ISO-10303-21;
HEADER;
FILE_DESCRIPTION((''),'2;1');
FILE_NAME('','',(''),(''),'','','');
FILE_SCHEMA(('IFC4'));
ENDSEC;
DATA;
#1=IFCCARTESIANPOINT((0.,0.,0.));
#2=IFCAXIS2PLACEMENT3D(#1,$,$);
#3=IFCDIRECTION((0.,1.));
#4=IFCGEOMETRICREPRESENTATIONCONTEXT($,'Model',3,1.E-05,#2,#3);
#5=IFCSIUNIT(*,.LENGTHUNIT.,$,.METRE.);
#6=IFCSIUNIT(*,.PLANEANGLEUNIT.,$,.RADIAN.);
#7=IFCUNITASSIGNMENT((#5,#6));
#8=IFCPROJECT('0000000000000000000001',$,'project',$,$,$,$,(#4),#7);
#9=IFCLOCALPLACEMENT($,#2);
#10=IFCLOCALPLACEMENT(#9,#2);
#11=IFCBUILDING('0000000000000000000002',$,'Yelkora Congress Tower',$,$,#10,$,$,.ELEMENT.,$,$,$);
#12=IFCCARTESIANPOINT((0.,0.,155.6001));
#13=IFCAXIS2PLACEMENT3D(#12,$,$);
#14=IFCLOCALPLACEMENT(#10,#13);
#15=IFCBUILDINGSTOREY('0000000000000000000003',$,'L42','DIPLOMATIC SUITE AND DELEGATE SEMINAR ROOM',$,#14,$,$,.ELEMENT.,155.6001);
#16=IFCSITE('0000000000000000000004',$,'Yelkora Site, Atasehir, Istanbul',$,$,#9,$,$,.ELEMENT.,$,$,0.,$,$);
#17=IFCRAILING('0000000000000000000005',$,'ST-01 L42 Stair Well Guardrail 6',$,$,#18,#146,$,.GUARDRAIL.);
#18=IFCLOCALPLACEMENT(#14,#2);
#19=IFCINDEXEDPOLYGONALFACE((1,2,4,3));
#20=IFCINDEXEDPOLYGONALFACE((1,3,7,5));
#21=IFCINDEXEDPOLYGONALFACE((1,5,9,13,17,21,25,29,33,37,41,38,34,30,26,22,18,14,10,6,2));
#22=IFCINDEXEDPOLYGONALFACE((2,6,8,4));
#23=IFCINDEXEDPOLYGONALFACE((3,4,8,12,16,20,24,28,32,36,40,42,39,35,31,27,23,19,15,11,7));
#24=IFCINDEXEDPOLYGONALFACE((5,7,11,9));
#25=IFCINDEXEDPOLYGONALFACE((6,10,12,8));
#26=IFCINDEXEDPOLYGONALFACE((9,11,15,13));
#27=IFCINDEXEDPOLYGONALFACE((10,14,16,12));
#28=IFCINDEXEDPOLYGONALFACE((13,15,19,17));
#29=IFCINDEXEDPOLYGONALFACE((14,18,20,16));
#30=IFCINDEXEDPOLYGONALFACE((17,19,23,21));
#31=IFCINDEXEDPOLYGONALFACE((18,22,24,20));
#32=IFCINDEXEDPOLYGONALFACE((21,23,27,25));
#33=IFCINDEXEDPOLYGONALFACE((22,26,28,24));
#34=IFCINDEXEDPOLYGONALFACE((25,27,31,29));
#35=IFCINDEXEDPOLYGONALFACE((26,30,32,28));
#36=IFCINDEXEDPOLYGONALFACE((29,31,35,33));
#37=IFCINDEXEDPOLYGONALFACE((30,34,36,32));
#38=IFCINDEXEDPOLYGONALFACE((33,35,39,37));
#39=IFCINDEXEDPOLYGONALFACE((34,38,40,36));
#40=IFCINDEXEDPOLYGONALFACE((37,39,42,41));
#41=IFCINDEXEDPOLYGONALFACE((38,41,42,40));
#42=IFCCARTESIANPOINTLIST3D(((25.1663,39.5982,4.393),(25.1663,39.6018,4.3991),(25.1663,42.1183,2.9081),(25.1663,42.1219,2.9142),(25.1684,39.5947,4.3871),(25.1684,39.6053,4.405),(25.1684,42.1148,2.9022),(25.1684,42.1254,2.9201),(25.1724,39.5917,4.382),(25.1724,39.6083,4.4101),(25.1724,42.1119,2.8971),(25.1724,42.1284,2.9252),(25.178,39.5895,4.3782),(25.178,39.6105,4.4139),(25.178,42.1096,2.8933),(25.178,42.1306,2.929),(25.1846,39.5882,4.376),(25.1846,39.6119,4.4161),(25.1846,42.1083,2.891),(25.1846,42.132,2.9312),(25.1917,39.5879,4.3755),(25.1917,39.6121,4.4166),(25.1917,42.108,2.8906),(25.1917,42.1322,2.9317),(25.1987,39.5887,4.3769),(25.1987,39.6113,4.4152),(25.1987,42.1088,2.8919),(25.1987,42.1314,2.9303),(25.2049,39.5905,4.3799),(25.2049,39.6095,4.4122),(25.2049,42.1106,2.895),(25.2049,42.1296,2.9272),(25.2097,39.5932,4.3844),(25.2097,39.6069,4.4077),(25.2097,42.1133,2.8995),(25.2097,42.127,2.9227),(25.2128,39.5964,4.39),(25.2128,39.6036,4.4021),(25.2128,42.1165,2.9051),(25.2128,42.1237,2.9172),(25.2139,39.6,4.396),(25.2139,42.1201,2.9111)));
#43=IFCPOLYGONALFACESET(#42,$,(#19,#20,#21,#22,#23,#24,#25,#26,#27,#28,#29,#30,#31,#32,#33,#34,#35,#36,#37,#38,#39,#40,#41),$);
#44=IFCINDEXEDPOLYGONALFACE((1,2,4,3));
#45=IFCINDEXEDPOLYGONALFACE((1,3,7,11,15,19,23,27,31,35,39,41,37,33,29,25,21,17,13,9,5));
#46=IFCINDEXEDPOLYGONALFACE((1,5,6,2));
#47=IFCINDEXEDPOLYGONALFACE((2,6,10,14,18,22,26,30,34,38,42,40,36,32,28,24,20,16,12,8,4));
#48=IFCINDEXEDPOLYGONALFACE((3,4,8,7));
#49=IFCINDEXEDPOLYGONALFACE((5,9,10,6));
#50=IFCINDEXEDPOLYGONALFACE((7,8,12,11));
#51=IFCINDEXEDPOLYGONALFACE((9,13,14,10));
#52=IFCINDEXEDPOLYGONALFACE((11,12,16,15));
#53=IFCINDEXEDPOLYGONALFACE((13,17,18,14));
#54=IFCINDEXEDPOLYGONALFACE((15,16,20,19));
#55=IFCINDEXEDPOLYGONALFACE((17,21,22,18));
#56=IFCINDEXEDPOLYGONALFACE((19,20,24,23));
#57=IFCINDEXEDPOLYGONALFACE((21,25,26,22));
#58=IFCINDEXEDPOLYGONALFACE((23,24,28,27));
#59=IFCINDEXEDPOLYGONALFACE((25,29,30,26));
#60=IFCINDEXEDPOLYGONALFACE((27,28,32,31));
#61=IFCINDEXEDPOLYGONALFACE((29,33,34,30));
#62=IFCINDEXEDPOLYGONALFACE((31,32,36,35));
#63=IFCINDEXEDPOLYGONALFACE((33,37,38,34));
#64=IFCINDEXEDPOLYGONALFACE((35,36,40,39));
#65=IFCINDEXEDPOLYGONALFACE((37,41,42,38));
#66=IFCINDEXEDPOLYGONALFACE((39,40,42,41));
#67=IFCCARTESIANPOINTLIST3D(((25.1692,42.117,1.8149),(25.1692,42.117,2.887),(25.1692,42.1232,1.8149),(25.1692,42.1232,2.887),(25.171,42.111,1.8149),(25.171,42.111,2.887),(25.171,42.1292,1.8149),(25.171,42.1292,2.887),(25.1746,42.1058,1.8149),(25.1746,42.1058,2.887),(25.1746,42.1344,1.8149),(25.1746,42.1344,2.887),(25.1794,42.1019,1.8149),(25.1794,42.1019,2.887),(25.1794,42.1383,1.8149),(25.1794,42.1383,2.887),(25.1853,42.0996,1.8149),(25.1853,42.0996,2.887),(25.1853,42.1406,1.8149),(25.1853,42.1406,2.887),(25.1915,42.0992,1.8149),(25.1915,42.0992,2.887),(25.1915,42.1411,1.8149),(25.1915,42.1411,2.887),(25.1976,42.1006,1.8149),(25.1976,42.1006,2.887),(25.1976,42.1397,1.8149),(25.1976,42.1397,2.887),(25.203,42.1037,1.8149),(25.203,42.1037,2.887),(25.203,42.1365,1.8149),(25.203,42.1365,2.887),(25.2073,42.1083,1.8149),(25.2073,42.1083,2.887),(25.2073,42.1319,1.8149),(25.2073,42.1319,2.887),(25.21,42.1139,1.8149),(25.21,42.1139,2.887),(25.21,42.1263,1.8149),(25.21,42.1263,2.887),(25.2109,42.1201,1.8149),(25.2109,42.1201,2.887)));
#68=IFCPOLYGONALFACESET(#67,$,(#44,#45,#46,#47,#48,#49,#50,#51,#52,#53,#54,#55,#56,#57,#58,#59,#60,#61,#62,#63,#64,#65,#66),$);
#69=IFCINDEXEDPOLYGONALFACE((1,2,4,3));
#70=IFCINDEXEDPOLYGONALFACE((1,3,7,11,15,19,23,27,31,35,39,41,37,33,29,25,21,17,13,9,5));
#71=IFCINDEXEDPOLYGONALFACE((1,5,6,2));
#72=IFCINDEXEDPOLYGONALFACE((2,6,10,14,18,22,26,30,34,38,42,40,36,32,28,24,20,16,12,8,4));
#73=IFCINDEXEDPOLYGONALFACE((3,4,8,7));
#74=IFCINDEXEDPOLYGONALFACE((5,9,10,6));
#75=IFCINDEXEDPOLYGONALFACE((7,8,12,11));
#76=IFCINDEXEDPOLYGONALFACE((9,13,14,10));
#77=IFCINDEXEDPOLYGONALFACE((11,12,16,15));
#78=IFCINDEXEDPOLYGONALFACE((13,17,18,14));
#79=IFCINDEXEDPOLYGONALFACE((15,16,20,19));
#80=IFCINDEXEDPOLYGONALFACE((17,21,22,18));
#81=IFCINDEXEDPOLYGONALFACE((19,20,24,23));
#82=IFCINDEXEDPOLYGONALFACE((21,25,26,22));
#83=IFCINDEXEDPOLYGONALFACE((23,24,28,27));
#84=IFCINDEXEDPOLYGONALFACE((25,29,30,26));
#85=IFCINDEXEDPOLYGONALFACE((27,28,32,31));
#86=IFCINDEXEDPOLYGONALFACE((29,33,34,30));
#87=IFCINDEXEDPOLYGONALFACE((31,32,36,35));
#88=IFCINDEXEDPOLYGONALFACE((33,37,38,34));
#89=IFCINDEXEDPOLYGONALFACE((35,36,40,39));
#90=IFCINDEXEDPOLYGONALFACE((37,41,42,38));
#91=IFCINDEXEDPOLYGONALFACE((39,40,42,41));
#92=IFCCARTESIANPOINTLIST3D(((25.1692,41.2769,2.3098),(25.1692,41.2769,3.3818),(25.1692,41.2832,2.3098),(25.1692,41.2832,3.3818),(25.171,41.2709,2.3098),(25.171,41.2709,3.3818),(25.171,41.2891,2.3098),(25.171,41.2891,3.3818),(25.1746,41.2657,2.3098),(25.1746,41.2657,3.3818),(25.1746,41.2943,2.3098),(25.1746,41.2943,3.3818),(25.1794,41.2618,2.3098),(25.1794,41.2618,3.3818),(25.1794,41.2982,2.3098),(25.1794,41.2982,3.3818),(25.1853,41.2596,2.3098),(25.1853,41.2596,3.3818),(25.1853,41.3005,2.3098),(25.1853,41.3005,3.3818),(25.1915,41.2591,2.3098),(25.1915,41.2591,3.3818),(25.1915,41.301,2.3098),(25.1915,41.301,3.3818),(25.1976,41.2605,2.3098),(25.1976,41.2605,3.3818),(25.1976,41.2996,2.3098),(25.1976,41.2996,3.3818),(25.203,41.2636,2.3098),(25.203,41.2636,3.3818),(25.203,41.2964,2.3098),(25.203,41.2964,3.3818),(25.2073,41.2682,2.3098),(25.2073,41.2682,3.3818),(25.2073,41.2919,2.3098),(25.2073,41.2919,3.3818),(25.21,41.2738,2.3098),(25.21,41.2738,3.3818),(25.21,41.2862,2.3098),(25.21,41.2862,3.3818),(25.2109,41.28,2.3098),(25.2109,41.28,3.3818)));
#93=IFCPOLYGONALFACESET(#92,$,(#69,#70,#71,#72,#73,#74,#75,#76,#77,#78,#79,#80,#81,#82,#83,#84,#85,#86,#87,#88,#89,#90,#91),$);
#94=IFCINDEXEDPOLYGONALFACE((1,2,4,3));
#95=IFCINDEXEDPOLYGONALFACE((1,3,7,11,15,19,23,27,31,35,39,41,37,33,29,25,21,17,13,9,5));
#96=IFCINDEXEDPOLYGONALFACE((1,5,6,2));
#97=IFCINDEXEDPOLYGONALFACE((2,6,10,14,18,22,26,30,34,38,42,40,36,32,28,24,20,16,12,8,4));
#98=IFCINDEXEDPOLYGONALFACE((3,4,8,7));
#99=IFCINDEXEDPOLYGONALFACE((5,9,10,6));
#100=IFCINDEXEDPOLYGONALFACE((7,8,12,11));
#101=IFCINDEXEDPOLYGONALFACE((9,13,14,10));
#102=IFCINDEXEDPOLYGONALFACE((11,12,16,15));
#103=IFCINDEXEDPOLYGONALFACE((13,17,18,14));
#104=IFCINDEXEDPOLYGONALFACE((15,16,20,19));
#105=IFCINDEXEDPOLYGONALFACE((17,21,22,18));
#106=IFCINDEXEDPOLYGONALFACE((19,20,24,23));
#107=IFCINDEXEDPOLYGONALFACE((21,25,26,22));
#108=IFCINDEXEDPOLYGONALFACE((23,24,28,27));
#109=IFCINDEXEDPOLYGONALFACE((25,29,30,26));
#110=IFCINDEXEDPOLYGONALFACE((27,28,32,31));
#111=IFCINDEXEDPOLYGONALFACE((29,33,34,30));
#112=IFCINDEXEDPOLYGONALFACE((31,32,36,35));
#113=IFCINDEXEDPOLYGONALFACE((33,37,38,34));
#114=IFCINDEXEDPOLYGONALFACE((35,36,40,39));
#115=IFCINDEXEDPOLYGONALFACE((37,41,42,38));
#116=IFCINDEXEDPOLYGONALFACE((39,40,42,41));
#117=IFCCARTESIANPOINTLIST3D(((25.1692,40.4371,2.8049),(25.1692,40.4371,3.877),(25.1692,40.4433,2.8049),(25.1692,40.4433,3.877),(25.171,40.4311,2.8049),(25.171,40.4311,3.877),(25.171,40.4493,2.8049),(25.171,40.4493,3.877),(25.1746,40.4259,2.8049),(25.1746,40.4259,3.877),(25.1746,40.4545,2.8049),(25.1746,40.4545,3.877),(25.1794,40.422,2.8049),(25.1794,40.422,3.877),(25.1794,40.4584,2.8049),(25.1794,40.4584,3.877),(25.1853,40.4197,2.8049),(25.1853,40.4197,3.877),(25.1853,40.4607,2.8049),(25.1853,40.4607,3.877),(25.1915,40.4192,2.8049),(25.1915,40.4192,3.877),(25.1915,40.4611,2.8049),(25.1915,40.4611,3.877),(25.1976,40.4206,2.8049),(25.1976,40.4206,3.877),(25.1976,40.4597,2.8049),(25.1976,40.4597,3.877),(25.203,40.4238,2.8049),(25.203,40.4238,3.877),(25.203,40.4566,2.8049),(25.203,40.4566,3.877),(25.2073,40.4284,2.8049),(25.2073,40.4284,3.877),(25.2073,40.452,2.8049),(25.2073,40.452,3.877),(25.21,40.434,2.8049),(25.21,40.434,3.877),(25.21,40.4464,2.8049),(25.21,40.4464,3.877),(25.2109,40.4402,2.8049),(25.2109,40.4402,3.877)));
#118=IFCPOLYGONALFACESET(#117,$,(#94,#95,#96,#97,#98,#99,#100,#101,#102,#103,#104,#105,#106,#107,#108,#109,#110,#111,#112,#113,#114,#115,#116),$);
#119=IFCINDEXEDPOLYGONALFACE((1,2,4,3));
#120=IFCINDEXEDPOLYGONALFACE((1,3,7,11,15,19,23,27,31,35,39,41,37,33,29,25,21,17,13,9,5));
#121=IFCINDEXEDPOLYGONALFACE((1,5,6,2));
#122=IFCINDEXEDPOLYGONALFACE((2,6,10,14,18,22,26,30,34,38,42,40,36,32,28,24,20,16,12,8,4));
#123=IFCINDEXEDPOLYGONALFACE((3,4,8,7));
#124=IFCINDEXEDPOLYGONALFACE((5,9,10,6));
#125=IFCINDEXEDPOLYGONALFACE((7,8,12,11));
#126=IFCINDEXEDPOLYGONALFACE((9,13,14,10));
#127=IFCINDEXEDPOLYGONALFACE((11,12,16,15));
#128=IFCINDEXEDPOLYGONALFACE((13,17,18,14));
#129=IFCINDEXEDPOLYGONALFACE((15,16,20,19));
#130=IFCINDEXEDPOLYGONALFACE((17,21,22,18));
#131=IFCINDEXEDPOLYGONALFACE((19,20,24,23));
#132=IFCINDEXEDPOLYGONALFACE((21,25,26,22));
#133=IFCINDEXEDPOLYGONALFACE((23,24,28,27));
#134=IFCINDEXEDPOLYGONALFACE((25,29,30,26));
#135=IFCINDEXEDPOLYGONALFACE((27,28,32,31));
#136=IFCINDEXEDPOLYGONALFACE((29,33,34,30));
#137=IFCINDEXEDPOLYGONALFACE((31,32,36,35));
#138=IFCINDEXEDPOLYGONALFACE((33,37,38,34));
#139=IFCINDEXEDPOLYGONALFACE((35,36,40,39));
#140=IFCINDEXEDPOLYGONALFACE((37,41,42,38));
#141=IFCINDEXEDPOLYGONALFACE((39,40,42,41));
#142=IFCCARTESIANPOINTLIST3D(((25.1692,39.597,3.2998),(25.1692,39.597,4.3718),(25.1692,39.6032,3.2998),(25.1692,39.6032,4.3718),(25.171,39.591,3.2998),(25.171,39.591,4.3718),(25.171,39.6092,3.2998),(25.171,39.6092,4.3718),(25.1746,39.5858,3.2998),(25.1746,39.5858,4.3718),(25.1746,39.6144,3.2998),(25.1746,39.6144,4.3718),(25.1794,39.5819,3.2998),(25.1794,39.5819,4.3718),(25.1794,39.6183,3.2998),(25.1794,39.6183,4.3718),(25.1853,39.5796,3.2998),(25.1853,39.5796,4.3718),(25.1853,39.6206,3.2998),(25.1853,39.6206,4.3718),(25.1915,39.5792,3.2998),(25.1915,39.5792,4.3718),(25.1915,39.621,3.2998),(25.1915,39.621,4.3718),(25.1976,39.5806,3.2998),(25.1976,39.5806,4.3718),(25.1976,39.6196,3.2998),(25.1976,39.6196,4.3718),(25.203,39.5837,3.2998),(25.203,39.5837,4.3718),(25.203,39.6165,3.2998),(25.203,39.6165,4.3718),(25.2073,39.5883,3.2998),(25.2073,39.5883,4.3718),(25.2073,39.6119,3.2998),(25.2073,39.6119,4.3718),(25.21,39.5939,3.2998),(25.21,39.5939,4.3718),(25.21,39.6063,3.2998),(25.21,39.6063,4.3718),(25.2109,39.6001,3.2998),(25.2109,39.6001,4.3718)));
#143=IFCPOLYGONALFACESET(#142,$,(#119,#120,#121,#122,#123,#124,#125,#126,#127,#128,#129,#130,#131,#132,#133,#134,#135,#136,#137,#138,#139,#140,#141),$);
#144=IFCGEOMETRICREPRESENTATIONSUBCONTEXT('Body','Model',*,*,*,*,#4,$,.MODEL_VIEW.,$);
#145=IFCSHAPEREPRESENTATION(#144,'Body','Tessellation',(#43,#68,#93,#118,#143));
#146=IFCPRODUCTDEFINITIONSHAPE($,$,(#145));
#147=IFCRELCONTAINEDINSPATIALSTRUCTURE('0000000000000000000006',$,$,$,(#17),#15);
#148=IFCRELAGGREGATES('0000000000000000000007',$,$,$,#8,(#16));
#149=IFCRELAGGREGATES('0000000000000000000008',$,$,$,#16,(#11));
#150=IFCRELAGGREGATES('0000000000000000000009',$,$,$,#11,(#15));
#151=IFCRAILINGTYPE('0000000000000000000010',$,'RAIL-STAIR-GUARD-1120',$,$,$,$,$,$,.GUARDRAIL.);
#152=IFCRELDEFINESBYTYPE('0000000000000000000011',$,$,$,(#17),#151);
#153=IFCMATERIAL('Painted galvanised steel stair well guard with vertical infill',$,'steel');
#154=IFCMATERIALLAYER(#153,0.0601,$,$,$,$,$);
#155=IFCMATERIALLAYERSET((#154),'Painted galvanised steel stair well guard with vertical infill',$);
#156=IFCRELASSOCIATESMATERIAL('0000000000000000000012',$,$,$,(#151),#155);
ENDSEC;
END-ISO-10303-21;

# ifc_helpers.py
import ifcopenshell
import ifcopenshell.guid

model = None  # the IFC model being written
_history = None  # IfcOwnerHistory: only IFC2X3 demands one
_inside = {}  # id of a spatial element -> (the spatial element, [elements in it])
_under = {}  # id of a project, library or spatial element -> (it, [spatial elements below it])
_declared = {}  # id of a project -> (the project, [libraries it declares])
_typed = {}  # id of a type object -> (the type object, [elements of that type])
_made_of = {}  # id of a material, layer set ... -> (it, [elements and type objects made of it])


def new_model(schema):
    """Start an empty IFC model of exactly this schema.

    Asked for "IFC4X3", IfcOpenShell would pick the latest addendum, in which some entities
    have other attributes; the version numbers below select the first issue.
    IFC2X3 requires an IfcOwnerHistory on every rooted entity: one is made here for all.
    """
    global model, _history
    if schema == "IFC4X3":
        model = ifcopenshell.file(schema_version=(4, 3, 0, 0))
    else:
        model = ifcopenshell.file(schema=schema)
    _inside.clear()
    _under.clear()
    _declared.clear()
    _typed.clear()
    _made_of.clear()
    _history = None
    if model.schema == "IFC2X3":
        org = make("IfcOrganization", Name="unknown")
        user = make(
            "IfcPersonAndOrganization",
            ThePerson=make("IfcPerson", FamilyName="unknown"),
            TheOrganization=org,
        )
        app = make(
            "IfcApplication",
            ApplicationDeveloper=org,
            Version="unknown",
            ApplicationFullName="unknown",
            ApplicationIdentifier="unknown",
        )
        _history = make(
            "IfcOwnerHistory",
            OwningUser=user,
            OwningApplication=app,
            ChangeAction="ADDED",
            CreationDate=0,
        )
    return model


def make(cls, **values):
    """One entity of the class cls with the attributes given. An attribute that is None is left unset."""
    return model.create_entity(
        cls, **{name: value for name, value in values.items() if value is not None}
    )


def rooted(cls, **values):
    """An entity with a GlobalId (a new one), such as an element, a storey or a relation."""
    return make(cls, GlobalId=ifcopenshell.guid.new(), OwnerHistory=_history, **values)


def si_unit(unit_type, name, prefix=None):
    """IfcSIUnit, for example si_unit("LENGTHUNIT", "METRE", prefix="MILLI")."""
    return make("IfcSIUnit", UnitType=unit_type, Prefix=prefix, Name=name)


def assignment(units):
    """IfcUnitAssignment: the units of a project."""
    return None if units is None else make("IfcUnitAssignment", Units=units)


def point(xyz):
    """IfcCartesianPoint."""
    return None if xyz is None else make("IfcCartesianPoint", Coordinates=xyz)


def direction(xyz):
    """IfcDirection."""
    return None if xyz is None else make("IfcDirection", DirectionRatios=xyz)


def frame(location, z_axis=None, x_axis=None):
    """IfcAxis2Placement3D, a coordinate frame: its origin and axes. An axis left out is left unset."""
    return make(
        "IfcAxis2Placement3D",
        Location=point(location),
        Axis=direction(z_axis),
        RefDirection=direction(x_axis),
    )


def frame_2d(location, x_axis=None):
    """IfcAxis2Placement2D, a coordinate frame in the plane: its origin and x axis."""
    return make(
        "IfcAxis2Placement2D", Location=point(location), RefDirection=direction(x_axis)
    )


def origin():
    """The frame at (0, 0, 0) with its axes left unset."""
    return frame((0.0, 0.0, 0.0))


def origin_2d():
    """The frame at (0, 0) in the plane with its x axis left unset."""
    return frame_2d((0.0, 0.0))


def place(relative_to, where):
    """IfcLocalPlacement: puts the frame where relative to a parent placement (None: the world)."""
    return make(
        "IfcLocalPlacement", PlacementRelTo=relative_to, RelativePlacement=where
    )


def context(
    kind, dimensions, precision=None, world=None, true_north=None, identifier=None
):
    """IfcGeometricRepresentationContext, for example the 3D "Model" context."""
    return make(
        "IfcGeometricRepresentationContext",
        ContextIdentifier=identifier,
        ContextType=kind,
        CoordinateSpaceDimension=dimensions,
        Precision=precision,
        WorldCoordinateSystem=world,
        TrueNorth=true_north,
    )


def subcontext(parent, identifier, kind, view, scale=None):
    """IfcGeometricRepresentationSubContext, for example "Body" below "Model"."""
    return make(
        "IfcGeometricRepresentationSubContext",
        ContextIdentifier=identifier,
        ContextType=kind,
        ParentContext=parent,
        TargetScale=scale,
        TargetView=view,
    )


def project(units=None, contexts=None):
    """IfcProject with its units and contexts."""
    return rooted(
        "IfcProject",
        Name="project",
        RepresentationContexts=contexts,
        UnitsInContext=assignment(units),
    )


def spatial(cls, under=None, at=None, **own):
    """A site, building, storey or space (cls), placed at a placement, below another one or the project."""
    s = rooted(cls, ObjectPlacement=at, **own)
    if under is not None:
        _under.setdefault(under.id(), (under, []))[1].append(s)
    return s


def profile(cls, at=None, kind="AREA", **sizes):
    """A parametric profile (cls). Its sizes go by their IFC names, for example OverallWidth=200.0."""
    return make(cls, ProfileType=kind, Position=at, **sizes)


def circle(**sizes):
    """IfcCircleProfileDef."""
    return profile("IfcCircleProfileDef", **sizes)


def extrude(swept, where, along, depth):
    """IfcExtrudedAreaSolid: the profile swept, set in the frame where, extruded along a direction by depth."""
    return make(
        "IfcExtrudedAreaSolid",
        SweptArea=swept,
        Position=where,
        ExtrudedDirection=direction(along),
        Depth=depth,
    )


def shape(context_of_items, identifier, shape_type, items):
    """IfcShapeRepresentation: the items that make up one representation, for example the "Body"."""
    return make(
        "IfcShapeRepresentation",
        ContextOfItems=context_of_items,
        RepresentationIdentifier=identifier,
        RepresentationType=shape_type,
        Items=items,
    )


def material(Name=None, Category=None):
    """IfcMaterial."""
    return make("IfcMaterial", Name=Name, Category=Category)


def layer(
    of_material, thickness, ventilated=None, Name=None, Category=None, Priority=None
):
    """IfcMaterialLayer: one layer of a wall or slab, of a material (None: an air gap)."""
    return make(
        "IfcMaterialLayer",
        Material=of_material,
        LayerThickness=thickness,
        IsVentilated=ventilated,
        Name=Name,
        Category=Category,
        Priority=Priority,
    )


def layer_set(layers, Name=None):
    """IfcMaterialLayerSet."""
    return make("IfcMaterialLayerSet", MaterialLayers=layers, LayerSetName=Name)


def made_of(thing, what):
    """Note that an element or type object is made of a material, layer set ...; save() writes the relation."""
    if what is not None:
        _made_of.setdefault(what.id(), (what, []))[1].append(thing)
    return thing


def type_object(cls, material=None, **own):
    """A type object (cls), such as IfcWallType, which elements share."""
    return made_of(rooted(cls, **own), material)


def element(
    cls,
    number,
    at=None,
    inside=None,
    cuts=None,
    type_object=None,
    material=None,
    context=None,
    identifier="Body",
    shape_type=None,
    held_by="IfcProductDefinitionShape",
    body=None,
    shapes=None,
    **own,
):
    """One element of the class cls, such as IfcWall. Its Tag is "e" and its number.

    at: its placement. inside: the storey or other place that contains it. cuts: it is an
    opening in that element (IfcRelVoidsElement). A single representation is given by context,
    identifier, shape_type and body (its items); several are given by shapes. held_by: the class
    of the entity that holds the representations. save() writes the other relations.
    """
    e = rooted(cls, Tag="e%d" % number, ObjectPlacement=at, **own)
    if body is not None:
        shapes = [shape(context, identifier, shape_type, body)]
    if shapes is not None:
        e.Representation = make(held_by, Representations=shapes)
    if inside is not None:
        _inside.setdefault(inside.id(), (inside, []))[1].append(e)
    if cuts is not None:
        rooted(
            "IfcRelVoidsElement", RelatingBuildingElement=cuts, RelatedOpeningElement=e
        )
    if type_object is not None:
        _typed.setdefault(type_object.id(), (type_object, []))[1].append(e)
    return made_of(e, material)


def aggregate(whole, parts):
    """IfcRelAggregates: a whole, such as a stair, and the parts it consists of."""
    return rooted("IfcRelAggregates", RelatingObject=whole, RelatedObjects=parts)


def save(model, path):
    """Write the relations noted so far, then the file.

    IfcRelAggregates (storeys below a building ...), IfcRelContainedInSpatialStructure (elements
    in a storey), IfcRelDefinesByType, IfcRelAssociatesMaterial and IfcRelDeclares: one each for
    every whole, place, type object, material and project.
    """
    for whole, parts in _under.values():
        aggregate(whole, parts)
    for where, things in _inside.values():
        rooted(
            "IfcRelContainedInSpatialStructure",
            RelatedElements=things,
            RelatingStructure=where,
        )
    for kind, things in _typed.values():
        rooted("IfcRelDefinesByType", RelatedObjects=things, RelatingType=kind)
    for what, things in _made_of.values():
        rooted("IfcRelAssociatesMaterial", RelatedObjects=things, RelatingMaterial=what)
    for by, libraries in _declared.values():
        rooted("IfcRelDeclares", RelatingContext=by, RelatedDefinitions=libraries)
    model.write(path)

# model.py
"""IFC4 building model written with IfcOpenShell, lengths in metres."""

from ifc_helpers import new_model, si_unit, direction, frame, origin, origin_2d, place, context, subcontext, project, spatial, circle, extrude, material, layer, layer_set, type_object, element, save


model = new_model("IFC4")

# Units and contexts
model_context = context("Model", 3, precision=1e-05, world=origin(), true_north=direction((0.0, 1.0)))
body_context = subcontext(model_context, "Body", "Model", "MODEL_VIEW")
ifc_project = project(units=[si_unit("LENGTHUNIT", "METRE"), si_unit("PLANEANGLEUNIT", "RADIAN")], contexts=[model_context])

# Site, building, storey
site_placement = place(None, origin())
site = spatial("IfcSite", under=ifc_project, at=site_placement, Name="Yelkora Site, Atasehir, Istanbul", CompositionType="ELEMENT", RefElevation=0.0)
building_placement = place(site_placement, origin())
building = spatial("IfcBuilding", under=site, at=building_placement, Name="Yelkora Congress Tower", CompositionType="ELEMENT")
storey_placement = place(building_placement, frame((0.0, 0.0, 155.6001)))
storey = spatial("IfcBuildingStorey", under=building, at=storey_placement, Name="L42", Description="DIPLOMATIC SUITE AND DELEGATE SEMINAR ROOM", CompositionType="ELEMENT", Elevation=155.6001)

# Railing
ifc_material_1 = material(Name="Painted galvanised steel stair well guard with vertical infill", Category="steel")
ifc_layer_1 = layer(ifc_material_1, 0.0601)
ifc_layer_set_1 = layer_set([ifc_layer_1], Name="Painted galvanised steel stair well guard with vertical infill")
railing_type_1 = type_object("IfcRailingType", Name="RAIL-STAIR-GUARD-1120", PredefinedType="GUARDRAIL", material=ifc_layer_set_1)
railing_1_placement = place(storey_placement, frame((25.1899, 42.1201, 1.8149)))
element("IfcRailing", 1, at=railing_1_placement, inside=storey, type_object=railing_type_1, Name="ST-01 L42 Stair Well Guardrail 6", PredefinedType="GUARDRAIL", context=body_context, shape_type="SweptSolid", body=[
    extrude(circle(Radius=0.0239, at=origin_2d()), frame((0.0, 0.0, 1.0962), z_axis=(0.0, -0.861561, 0.507655), x_axis=(1.0, 0.0, 0.0)), (0.0, 0.0, 1.0), 2.925),
    extrude(circle(Radius=0.021, at=origin_2d()), origin(), (0.0, 0.0, 1.0), 1.072),
    extrude(circle(Radius=0.021, at=origin_2d()), frame((0.0, -0.8401, 0.4949)), (0.0, 0.0, 1.0), 1.072),
    extrude(circle(Radius=0.021, at=origin_2d()), frame((0.0, -1.6799, 0.99)), (0.0, 0.0, 1.0), 1.072),
    extrude(circle(Radius=0.021, at=origin_2d()), frame((0.0, -2.52, 1.4849)), (0.0, 0.0, 1.0), 1.072),
])

save(model, "model.ifc")
